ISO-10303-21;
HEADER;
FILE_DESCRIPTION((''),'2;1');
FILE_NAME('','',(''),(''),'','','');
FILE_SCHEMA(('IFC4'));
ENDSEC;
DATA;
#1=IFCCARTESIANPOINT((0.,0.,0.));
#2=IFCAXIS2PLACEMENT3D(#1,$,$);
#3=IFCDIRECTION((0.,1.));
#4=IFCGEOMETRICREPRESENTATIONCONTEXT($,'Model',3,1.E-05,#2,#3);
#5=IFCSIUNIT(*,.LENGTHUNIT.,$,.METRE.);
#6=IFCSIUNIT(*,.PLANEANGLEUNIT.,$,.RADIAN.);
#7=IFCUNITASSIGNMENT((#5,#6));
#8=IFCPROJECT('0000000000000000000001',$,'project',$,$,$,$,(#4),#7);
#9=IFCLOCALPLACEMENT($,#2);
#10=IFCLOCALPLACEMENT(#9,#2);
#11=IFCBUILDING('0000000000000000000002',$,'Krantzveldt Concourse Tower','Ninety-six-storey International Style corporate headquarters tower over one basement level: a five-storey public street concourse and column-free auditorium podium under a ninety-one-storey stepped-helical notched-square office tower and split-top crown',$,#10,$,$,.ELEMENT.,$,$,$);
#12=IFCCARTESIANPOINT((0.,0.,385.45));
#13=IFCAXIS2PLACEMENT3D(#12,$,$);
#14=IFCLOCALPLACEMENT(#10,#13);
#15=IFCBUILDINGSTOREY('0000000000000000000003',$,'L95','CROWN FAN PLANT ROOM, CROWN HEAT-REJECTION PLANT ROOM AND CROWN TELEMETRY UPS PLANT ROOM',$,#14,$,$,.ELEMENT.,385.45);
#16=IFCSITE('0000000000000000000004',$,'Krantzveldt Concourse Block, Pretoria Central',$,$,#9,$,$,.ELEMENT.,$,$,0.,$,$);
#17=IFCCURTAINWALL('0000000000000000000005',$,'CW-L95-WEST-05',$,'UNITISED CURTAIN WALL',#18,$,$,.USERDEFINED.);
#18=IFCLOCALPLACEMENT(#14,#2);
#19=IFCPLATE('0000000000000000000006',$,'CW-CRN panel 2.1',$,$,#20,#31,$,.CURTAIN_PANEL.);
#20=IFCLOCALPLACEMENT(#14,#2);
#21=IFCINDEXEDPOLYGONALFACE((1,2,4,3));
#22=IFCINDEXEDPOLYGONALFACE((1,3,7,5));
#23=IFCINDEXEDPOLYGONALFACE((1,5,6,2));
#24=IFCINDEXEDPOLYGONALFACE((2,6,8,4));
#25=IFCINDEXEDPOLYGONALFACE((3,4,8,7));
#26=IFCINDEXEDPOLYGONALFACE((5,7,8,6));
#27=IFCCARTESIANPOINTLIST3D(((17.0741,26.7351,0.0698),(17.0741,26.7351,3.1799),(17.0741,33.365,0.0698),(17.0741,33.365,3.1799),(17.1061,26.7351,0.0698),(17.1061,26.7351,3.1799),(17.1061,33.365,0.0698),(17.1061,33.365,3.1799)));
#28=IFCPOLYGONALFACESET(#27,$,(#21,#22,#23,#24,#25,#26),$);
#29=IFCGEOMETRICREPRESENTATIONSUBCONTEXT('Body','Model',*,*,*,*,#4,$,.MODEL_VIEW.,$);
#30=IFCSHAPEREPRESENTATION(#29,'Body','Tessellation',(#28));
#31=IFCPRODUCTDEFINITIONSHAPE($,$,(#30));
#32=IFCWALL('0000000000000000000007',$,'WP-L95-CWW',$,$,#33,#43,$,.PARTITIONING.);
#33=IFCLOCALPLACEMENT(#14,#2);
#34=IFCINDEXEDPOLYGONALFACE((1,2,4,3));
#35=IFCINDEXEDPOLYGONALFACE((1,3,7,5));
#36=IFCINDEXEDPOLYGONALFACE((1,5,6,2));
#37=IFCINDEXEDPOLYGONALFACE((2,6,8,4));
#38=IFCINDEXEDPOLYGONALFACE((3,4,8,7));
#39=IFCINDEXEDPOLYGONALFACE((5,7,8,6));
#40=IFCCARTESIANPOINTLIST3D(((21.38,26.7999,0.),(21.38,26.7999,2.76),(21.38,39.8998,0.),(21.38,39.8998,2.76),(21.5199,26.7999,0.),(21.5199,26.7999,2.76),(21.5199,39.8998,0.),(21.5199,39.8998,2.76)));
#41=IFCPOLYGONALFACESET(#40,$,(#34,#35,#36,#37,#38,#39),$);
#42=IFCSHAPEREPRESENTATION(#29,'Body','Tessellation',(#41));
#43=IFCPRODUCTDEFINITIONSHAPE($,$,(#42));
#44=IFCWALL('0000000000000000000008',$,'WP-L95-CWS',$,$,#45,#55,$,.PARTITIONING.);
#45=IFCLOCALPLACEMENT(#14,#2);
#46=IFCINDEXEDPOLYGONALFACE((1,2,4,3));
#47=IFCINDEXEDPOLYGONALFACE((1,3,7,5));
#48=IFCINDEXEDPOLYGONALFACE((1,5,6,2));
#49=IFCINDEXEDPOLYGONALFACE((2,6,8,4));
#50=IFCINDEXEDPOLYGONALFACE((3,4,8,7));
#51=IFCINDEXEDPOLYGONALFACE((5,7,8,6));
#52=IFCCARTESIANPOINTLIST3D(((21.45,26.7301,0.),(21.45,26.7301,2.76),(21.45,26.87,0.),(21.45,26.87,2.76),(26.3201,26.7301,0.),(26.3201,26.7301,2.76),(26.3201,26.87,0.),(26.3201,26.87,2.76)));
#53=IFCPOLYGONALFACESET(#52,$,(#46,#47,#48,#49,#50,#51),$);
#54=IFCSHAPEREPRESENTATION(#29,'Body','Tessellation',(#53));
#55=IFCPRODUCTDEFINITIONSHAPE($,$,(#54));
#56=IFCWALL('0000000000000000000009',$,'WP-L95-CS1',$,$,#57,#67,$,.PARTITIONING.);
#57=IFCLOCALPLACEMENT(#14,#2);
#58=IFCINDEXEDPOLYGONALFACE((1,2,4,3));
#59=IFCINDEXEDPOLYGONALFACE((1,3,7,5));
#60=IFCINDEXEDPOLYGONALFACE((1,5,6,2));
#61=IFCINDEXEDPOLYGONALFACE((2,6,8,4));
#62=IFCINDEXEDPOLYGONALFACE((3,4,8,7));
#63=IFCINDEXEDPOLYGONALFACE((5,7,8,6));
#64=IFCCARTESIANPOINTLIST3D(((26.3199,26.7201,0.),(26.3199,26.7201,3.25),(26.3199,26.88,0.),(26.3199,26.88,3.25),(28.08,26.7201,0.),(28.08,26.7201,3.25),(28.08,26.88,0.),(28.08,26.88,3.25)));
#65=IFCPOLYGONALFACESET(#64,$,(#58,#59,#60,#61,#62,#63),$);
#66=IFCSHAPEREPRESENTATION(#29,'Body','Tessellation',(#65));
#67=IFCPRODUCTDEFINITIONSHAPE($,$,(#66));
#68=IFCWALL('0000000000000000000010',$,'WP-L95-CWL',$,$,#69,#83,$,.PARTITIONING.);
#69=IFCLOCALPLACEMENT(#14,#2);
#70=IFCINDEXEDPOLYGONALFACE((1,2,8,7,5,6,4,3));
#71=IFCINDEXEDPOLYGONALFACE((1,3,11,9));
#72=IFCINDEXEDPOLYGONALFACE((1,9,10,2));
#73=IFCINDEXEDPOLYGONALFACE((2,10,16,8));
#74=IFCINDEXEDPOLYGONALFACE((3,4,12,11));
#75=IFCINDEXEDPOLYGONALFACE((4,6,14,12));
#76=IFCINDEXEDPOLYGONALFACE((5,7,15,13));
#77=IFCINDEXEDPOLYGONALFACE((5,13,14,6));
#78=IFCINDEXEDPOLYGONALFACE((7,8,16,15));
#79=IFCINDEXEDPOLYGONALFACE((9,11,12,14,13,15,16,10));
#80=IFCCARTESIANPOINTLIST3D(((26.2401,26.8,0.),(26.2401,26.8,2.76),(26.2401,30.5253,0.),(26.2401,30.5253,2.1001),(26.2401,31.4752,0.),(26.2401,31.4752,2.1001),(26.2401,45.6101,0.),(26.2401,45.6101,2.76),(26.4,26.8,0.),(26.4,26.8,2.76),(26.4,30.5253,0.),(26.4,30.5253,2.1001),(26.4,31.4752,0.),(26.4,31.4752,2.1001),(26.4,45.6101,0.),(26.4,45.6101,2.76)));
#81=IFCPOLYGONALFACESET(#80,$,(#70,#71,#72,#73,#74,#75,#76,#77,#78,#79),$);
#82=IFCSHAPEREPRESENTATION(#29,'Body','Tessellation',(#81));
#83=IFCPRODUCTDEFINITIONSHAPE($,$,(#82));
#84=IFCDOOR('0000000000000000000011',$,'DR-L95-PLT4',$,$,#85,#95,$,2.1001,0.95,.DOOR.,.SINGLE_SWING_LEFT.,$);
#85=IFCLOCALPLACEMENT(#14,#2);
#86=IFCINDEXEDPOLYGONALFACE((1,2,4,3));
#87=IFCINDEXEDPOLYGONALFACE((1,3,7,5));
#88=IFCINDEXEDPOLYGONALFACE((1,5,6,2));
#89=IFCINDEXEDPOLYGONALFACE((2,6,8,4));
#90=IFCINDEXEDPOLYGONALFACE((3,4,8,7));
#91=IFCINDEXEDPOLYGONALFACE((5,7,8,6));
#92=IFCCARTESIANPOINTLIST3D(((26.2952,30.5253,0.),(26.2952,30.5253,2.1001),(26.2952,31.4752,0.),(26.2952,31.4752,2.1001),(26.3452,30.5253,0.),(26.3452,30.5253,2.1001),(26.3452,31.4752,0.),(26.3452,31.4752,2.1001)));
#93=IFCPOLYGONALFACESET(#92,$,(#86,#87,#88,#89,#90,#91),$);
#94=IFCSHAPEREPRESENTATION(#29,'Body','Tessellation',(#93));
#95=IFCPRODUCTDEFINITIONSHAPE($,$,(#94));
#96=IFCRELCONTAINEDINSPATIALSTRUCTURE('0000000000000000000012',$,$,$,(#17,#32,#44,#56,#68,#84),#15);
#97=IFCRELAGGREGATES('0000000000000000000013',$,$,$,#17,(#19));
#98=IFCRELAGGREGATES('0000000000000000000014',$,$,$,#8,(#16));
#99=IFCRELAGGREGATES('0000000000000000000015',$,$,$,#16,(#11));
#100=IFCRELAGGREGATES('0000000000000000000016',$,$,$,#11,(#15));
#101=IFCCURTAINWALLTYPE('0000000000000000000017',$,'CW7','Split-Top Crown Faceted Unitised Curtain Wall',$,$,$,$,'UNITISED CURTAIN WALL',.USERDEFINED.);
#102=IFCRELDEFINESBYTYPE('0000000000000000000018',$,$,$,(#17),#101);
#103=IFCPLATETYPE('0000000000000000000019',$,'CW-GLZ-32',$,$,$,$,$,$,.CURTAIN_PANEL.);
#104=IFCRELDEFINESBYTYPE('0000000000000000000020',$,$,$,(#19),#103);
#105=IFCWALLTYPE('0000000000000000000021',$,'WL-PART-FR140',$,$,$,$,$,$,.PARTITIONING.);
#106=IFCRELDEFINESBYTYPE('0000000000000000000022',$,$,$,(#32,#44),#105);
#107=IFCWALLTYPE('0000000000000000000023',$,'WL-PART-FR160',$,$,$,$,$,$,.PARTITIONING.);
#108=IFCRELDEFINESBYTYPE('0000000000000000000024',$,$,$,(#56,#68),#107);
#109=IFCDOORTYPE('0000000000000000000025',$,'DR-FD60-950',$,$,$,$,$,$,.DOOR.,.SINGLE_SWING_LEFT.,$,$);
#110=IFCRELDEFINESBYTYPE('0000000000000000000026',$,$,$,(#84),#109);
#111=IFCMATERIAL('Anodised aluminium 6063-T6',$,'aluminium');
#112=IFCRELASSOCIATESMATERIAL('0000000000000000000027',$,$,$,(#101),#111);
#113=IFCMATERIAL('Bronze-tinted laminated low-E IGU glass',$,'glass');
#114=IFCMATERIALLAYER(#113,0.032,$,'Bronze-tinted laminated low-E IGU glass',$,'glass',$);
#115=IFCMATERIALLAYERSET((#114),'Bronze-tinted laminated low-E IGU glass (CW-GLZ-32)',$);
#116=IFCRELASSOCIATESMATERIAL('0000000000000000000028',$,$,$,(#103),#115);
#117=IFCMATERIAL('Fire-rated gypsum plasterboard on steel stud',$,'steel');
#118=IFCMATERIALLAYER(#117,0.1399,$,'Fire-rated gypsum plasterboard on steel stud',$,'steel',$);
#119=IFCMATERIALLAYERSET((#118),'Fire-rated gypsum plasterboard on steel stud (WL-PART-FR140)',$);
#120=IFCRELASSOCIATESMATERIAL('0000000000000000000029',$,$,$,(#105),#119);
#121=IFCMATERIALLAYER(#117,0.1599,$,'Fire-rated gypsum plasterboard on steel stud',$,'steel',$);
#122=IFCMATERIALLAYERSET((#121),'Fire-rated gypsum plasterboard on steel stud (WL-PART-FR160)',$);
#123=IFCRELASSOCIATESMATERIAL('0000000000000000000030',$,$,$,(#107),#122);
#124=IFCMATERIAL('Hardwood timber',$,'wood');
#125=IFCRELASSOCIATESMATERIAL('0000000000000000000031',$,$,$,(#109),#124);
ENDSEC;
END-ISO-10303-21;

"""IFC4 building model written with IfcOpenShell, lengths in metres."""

from ifc_helpers import new_model, si_unit, direction, frame, frame_2d, origin, origin_2d, place, context, subcontext, project, spatial, rectangle, extrude, source, transform, mapped, material, layer, layer_set, type_object, element, fill, aggregate, save


model = new_model("IFC4")

# Units and contexts
model_context = context("Model", 3, precision=1e-05, world=origin(), true_north=direction((0.0, 1.0)))
body_context = subcontext(model_context, "Body", "Model", "MODEL_VIEW")
ifc_project = project(units=[si_unit("LENGTHUNIT", "METRE"), si_unit("PLANEANGLEUNIT", "RADIAN")], contexts=[model_context])

# Site, building, storey
site_placement = place(None, origin())
site = spatial("IfcSite", under=ifc_project, at=site_placement, Name="Krantzveldt Concourse Block, Pretoria Central", CompositionType="ELEMENT", RefElevation=0.0)
building_placement = place(site_placement, origin())
building = spatial("IfcBuilding", under=site, at=building_placement, Name="Krantzveldt Concourse Tower", Description="Ninety-six-storey International Style corporate headquarters tower over one basement level: a five-storey public street concourse and column-free auditorium podium under a ninety-one-storey stepped-helical notched-square office tower and split-top crown", CompositionType="ELEMENT")
storey_placement = place(building_placement, frame((0.0, 0.0, 385.45)))
storey = spatial("IfcBuildingStorey", under=building, at=storey_placement, Name="L95", Description="CROWN FAN PLANT ROOM, CROWN HEAT-REJECTION PLANT ROOM AND CROWN TELEMETRY UPS PLANT ROOM", CompositionType="ELEMENT", Elevation=385.45)

# Curtain wall
ifc_material_1 = material(Name="Anodised aluminium 6063-T6", Category="aluminium")
curtain_wall_type = type_object("IfcCurtainWallType", Name="CW7", Description="Split-Top Crown Faceted Unitised Curtain Wall", ElementType="UNITISED CURTAIN WALL", PredefinedType="USERDEFINED", material=ifc_material_1)
curtain_wall_placement = place(storey_placement, origin())
curtain_wall = element("IfcCurtainWall", 1, at=curtain_wall_placement, inside=storey, type_object=curtain_wall_type, Name="CW-L95-WEST-05", ObjectType="UNITISED CURTAIN WALL", PredefinedType="USERDEFINED")

# Plate
ifc_material_2 = material(Name="Bronze-tinted laminated low-E IGU glass", Category="glass")
ifc_layer_1 = layer(ifc_material_2, 0.032, Name="Bronze-tinted laminated low-E IGU glass", Category="glass")
ifc_layer_set_1 = layer_set([ifc_layer_1], Name="Bronze-tinted laminated low-E IGU glass (CW-GLZ-32)")
plate_type_1 = type_object("IfcPlateType", Name="CW-GLZ-32", PredefinedType="CURTAIN_PANEL", material=ifc_layer_set_1)
shared_shape_1 = source(origin(), body_context, "Body", "SweptSolid", [
    extrude(rectangle(XDim=6.6299, YDim=0.032, at=origin_2d()), origin(), (0.0, 0.0, 1.0), 3.1101),
])
plate_1_placement = place(storey_placement, frame((17.0901, 30.05, 0.0698), z_axis=(0.0, 0.0, 1.0), x_axis=(0.0, -1.0, 0.0)))
plate_1 = element("IfcPlate", 2, at=plate_1_placement, type_object=plate_type_1, Name="CW-CRN panel 2.1", PredefinedType="CURTAIN_PANEL", context=body_context, shape_type="MappedRepresentation", body=[
    mapped(shared_shape_1, transform((0.0, 0.0, 0.0), x_axis=(1.0, 0.0, 0.0), y_axis=(0.0, 1.0, 0.0), z_axis=(0.0, 0.0, 1.0), scale=1.0)),
])
aggregate(curtain_wall, [plate_1])

# Walls
ifc_material_3 = material(Name="Fire-rated gypsum plasterboard on steel stud", Category="steel")
ifc_layer_2 = layer(ifc_material_3, 0.1399, Name="Fire-rated gypsum plasterboard on steel stud", Category="steel")
ifc_layer_set_2 = layer_set([ifc_layer_2], Name="Fire-rated gypsum plasterboard on steel stud (WL-PART-FR140)")
wall_type_1 = type_object("IfcWallType", Name="WL-PART-FR140", PredefinedType="PARTITIONING", material=ifc_layer_set_2)
wall_1_placement = place(storey_placement, frame((21.45, 26.8, 0.0), z_axis=(0.0, 0.0, 1.0), x_axis=(0.0, 1.0, 0.0)))
element("IfcWall", 3, at=wall_1_placement, inside=storey, type_object=wall_type_1, Name="WP-L95-CWW", PredefinedType="PARTITIONING", context=body_context, shape_type="SweptSolid", body=[
    extrude(rectangle(XDim=13.0999, YDim=0.1399, at=frame_2d((6.5498, 0.0))), origin(), (0.0, 0.0, 1.0), 2.76),
])
wall_2_placement = place(storey_placement, frame((21.45, 26.8, 0.0), z_axis=(0.0, 0.0, 1.0), x_axis=(1.0, 0.0, 0.0)))
element("IfcWall", 4, at=wall_2_placement, inside=storey, type_object=wall_type_1, Name="WP-L95-CWS", PredefinedType="PARTITIONING", context=body_context, shape_type="SweptSolid", body=[
    extrude(rectangle(XDim=4.8701, YDim=0.1399, at=frame_2d((2.4351, 0.0))), origin(), (0.0, 0.0, 1.0), 2.76),
])
ifc_layer_3 = layer(ifc_material_3, 0.1599, Name="Fire-rated gypsum plasterboard on steel stud", Category="steel")
ifc_layer_set_3 = layer_set([ifc_layer_3], Name="Fire-rated gypsum plasterboard on steel stud (WL-PART-FR160)")
wall_type_2 = type_object("IfcWallType", Name="WL-PART-FR160", PredefinedType="PARTITIONING", material=ifc_layer_set_3)
wall_3_placement = place(storey_placement, frame((26.3201, 26.8, 0.0), z_axis=(0.0, 0.0, 1.0), x_axis=(1.0, 0.0, 0.0)))
element("IfcWall", 5, at=wall_3_placement, inside=storey, type_object=wall_type_2, Name="WP-L95-CS1", PredefinedType="PARTITIONING", context=body_context, shape_type="SweptSolid", body=[
    extrude(rectangle(XDim=1.76, YDim=0.1599, at=frame_2d((0.8799, 0.0))), origin(), (0.0, 0.0, 1.0), 3.25),
])

# Wall, opening, door
wall_4_placement = place(storey_placement, frame((26.3201, 26.8, 0.0), z_axis=(0.0, 0.0, 1.0), x_axis=(0.0, 1.0, 0.0)))
wall_4 = element("IfcWall", 6, at=wall_4_placement, inside=storey, type_object=wall_type_2, Name="WP-L95-CWL", PredefinedType="PARTITIONING", context=body_context, shape_type="SweptSolid", body=[
    extrude(rectangle(XDim=18.8101, YDim=0.1599, at=frame_2d((9.405, 0.0))), origin(), (0.0, 0.0, 1.0), 2.76),
])
opening_placement = place(wall_4_placement, frame((3.7251, 0.0, 0.0)))
opening = element("IfcOpeningElement", 7, at=opening_placement, cuts=wall_4, PredefinedType="OPENING", context=body_context, shape_type="SweptSolid", body=[
    extrude(rectangle(XDim=0.95, YDim=2.1001, at=frame_2d((0.4751, 1.05))), frame((0.0, 0.0898, 0.0), z_axis=(0.0, -1.0, 0.0), x_axis=(1.0, 0.0, 0.0)), (0.0, 0.0, 1.0), 0.1799),
])
ifc_material_4 = material(Name="Hardwood timber", Category="wood")
door_type = type_object("IfcDoorType", Name="DR-FD60-950", OperationType="SINGLE_SWING_LEFT", PredefinedType="DOOR", material=ifc_material_4)
door_placement = place(opening_placement, origin())
door = element("IfcDoor", 8, at=door_placement, inside=storey, type_object=door_type, Name="DR-L95-PLT4", OperationType="SINGLE_SWING_LEFT", OverallHeight=2.1001, OverallWidth=0.95, PredefinedType="DOOR", context=body_context, shape_type="SweptSolid", body=[
    extrude(rectangle(XDim=0.95, YDim=2.1001, at=frame_2d((0.4751, 1.05))), frame((0.0, 0.0249, 0.0), z_axis=(0.0, -1.0, 0.0), x_axis=(1.0, 0.0, 0.0)), (0.0, 0.0, 1.0), 0.05),
])
fill(opening, door)

save(model, "model.ifc")
